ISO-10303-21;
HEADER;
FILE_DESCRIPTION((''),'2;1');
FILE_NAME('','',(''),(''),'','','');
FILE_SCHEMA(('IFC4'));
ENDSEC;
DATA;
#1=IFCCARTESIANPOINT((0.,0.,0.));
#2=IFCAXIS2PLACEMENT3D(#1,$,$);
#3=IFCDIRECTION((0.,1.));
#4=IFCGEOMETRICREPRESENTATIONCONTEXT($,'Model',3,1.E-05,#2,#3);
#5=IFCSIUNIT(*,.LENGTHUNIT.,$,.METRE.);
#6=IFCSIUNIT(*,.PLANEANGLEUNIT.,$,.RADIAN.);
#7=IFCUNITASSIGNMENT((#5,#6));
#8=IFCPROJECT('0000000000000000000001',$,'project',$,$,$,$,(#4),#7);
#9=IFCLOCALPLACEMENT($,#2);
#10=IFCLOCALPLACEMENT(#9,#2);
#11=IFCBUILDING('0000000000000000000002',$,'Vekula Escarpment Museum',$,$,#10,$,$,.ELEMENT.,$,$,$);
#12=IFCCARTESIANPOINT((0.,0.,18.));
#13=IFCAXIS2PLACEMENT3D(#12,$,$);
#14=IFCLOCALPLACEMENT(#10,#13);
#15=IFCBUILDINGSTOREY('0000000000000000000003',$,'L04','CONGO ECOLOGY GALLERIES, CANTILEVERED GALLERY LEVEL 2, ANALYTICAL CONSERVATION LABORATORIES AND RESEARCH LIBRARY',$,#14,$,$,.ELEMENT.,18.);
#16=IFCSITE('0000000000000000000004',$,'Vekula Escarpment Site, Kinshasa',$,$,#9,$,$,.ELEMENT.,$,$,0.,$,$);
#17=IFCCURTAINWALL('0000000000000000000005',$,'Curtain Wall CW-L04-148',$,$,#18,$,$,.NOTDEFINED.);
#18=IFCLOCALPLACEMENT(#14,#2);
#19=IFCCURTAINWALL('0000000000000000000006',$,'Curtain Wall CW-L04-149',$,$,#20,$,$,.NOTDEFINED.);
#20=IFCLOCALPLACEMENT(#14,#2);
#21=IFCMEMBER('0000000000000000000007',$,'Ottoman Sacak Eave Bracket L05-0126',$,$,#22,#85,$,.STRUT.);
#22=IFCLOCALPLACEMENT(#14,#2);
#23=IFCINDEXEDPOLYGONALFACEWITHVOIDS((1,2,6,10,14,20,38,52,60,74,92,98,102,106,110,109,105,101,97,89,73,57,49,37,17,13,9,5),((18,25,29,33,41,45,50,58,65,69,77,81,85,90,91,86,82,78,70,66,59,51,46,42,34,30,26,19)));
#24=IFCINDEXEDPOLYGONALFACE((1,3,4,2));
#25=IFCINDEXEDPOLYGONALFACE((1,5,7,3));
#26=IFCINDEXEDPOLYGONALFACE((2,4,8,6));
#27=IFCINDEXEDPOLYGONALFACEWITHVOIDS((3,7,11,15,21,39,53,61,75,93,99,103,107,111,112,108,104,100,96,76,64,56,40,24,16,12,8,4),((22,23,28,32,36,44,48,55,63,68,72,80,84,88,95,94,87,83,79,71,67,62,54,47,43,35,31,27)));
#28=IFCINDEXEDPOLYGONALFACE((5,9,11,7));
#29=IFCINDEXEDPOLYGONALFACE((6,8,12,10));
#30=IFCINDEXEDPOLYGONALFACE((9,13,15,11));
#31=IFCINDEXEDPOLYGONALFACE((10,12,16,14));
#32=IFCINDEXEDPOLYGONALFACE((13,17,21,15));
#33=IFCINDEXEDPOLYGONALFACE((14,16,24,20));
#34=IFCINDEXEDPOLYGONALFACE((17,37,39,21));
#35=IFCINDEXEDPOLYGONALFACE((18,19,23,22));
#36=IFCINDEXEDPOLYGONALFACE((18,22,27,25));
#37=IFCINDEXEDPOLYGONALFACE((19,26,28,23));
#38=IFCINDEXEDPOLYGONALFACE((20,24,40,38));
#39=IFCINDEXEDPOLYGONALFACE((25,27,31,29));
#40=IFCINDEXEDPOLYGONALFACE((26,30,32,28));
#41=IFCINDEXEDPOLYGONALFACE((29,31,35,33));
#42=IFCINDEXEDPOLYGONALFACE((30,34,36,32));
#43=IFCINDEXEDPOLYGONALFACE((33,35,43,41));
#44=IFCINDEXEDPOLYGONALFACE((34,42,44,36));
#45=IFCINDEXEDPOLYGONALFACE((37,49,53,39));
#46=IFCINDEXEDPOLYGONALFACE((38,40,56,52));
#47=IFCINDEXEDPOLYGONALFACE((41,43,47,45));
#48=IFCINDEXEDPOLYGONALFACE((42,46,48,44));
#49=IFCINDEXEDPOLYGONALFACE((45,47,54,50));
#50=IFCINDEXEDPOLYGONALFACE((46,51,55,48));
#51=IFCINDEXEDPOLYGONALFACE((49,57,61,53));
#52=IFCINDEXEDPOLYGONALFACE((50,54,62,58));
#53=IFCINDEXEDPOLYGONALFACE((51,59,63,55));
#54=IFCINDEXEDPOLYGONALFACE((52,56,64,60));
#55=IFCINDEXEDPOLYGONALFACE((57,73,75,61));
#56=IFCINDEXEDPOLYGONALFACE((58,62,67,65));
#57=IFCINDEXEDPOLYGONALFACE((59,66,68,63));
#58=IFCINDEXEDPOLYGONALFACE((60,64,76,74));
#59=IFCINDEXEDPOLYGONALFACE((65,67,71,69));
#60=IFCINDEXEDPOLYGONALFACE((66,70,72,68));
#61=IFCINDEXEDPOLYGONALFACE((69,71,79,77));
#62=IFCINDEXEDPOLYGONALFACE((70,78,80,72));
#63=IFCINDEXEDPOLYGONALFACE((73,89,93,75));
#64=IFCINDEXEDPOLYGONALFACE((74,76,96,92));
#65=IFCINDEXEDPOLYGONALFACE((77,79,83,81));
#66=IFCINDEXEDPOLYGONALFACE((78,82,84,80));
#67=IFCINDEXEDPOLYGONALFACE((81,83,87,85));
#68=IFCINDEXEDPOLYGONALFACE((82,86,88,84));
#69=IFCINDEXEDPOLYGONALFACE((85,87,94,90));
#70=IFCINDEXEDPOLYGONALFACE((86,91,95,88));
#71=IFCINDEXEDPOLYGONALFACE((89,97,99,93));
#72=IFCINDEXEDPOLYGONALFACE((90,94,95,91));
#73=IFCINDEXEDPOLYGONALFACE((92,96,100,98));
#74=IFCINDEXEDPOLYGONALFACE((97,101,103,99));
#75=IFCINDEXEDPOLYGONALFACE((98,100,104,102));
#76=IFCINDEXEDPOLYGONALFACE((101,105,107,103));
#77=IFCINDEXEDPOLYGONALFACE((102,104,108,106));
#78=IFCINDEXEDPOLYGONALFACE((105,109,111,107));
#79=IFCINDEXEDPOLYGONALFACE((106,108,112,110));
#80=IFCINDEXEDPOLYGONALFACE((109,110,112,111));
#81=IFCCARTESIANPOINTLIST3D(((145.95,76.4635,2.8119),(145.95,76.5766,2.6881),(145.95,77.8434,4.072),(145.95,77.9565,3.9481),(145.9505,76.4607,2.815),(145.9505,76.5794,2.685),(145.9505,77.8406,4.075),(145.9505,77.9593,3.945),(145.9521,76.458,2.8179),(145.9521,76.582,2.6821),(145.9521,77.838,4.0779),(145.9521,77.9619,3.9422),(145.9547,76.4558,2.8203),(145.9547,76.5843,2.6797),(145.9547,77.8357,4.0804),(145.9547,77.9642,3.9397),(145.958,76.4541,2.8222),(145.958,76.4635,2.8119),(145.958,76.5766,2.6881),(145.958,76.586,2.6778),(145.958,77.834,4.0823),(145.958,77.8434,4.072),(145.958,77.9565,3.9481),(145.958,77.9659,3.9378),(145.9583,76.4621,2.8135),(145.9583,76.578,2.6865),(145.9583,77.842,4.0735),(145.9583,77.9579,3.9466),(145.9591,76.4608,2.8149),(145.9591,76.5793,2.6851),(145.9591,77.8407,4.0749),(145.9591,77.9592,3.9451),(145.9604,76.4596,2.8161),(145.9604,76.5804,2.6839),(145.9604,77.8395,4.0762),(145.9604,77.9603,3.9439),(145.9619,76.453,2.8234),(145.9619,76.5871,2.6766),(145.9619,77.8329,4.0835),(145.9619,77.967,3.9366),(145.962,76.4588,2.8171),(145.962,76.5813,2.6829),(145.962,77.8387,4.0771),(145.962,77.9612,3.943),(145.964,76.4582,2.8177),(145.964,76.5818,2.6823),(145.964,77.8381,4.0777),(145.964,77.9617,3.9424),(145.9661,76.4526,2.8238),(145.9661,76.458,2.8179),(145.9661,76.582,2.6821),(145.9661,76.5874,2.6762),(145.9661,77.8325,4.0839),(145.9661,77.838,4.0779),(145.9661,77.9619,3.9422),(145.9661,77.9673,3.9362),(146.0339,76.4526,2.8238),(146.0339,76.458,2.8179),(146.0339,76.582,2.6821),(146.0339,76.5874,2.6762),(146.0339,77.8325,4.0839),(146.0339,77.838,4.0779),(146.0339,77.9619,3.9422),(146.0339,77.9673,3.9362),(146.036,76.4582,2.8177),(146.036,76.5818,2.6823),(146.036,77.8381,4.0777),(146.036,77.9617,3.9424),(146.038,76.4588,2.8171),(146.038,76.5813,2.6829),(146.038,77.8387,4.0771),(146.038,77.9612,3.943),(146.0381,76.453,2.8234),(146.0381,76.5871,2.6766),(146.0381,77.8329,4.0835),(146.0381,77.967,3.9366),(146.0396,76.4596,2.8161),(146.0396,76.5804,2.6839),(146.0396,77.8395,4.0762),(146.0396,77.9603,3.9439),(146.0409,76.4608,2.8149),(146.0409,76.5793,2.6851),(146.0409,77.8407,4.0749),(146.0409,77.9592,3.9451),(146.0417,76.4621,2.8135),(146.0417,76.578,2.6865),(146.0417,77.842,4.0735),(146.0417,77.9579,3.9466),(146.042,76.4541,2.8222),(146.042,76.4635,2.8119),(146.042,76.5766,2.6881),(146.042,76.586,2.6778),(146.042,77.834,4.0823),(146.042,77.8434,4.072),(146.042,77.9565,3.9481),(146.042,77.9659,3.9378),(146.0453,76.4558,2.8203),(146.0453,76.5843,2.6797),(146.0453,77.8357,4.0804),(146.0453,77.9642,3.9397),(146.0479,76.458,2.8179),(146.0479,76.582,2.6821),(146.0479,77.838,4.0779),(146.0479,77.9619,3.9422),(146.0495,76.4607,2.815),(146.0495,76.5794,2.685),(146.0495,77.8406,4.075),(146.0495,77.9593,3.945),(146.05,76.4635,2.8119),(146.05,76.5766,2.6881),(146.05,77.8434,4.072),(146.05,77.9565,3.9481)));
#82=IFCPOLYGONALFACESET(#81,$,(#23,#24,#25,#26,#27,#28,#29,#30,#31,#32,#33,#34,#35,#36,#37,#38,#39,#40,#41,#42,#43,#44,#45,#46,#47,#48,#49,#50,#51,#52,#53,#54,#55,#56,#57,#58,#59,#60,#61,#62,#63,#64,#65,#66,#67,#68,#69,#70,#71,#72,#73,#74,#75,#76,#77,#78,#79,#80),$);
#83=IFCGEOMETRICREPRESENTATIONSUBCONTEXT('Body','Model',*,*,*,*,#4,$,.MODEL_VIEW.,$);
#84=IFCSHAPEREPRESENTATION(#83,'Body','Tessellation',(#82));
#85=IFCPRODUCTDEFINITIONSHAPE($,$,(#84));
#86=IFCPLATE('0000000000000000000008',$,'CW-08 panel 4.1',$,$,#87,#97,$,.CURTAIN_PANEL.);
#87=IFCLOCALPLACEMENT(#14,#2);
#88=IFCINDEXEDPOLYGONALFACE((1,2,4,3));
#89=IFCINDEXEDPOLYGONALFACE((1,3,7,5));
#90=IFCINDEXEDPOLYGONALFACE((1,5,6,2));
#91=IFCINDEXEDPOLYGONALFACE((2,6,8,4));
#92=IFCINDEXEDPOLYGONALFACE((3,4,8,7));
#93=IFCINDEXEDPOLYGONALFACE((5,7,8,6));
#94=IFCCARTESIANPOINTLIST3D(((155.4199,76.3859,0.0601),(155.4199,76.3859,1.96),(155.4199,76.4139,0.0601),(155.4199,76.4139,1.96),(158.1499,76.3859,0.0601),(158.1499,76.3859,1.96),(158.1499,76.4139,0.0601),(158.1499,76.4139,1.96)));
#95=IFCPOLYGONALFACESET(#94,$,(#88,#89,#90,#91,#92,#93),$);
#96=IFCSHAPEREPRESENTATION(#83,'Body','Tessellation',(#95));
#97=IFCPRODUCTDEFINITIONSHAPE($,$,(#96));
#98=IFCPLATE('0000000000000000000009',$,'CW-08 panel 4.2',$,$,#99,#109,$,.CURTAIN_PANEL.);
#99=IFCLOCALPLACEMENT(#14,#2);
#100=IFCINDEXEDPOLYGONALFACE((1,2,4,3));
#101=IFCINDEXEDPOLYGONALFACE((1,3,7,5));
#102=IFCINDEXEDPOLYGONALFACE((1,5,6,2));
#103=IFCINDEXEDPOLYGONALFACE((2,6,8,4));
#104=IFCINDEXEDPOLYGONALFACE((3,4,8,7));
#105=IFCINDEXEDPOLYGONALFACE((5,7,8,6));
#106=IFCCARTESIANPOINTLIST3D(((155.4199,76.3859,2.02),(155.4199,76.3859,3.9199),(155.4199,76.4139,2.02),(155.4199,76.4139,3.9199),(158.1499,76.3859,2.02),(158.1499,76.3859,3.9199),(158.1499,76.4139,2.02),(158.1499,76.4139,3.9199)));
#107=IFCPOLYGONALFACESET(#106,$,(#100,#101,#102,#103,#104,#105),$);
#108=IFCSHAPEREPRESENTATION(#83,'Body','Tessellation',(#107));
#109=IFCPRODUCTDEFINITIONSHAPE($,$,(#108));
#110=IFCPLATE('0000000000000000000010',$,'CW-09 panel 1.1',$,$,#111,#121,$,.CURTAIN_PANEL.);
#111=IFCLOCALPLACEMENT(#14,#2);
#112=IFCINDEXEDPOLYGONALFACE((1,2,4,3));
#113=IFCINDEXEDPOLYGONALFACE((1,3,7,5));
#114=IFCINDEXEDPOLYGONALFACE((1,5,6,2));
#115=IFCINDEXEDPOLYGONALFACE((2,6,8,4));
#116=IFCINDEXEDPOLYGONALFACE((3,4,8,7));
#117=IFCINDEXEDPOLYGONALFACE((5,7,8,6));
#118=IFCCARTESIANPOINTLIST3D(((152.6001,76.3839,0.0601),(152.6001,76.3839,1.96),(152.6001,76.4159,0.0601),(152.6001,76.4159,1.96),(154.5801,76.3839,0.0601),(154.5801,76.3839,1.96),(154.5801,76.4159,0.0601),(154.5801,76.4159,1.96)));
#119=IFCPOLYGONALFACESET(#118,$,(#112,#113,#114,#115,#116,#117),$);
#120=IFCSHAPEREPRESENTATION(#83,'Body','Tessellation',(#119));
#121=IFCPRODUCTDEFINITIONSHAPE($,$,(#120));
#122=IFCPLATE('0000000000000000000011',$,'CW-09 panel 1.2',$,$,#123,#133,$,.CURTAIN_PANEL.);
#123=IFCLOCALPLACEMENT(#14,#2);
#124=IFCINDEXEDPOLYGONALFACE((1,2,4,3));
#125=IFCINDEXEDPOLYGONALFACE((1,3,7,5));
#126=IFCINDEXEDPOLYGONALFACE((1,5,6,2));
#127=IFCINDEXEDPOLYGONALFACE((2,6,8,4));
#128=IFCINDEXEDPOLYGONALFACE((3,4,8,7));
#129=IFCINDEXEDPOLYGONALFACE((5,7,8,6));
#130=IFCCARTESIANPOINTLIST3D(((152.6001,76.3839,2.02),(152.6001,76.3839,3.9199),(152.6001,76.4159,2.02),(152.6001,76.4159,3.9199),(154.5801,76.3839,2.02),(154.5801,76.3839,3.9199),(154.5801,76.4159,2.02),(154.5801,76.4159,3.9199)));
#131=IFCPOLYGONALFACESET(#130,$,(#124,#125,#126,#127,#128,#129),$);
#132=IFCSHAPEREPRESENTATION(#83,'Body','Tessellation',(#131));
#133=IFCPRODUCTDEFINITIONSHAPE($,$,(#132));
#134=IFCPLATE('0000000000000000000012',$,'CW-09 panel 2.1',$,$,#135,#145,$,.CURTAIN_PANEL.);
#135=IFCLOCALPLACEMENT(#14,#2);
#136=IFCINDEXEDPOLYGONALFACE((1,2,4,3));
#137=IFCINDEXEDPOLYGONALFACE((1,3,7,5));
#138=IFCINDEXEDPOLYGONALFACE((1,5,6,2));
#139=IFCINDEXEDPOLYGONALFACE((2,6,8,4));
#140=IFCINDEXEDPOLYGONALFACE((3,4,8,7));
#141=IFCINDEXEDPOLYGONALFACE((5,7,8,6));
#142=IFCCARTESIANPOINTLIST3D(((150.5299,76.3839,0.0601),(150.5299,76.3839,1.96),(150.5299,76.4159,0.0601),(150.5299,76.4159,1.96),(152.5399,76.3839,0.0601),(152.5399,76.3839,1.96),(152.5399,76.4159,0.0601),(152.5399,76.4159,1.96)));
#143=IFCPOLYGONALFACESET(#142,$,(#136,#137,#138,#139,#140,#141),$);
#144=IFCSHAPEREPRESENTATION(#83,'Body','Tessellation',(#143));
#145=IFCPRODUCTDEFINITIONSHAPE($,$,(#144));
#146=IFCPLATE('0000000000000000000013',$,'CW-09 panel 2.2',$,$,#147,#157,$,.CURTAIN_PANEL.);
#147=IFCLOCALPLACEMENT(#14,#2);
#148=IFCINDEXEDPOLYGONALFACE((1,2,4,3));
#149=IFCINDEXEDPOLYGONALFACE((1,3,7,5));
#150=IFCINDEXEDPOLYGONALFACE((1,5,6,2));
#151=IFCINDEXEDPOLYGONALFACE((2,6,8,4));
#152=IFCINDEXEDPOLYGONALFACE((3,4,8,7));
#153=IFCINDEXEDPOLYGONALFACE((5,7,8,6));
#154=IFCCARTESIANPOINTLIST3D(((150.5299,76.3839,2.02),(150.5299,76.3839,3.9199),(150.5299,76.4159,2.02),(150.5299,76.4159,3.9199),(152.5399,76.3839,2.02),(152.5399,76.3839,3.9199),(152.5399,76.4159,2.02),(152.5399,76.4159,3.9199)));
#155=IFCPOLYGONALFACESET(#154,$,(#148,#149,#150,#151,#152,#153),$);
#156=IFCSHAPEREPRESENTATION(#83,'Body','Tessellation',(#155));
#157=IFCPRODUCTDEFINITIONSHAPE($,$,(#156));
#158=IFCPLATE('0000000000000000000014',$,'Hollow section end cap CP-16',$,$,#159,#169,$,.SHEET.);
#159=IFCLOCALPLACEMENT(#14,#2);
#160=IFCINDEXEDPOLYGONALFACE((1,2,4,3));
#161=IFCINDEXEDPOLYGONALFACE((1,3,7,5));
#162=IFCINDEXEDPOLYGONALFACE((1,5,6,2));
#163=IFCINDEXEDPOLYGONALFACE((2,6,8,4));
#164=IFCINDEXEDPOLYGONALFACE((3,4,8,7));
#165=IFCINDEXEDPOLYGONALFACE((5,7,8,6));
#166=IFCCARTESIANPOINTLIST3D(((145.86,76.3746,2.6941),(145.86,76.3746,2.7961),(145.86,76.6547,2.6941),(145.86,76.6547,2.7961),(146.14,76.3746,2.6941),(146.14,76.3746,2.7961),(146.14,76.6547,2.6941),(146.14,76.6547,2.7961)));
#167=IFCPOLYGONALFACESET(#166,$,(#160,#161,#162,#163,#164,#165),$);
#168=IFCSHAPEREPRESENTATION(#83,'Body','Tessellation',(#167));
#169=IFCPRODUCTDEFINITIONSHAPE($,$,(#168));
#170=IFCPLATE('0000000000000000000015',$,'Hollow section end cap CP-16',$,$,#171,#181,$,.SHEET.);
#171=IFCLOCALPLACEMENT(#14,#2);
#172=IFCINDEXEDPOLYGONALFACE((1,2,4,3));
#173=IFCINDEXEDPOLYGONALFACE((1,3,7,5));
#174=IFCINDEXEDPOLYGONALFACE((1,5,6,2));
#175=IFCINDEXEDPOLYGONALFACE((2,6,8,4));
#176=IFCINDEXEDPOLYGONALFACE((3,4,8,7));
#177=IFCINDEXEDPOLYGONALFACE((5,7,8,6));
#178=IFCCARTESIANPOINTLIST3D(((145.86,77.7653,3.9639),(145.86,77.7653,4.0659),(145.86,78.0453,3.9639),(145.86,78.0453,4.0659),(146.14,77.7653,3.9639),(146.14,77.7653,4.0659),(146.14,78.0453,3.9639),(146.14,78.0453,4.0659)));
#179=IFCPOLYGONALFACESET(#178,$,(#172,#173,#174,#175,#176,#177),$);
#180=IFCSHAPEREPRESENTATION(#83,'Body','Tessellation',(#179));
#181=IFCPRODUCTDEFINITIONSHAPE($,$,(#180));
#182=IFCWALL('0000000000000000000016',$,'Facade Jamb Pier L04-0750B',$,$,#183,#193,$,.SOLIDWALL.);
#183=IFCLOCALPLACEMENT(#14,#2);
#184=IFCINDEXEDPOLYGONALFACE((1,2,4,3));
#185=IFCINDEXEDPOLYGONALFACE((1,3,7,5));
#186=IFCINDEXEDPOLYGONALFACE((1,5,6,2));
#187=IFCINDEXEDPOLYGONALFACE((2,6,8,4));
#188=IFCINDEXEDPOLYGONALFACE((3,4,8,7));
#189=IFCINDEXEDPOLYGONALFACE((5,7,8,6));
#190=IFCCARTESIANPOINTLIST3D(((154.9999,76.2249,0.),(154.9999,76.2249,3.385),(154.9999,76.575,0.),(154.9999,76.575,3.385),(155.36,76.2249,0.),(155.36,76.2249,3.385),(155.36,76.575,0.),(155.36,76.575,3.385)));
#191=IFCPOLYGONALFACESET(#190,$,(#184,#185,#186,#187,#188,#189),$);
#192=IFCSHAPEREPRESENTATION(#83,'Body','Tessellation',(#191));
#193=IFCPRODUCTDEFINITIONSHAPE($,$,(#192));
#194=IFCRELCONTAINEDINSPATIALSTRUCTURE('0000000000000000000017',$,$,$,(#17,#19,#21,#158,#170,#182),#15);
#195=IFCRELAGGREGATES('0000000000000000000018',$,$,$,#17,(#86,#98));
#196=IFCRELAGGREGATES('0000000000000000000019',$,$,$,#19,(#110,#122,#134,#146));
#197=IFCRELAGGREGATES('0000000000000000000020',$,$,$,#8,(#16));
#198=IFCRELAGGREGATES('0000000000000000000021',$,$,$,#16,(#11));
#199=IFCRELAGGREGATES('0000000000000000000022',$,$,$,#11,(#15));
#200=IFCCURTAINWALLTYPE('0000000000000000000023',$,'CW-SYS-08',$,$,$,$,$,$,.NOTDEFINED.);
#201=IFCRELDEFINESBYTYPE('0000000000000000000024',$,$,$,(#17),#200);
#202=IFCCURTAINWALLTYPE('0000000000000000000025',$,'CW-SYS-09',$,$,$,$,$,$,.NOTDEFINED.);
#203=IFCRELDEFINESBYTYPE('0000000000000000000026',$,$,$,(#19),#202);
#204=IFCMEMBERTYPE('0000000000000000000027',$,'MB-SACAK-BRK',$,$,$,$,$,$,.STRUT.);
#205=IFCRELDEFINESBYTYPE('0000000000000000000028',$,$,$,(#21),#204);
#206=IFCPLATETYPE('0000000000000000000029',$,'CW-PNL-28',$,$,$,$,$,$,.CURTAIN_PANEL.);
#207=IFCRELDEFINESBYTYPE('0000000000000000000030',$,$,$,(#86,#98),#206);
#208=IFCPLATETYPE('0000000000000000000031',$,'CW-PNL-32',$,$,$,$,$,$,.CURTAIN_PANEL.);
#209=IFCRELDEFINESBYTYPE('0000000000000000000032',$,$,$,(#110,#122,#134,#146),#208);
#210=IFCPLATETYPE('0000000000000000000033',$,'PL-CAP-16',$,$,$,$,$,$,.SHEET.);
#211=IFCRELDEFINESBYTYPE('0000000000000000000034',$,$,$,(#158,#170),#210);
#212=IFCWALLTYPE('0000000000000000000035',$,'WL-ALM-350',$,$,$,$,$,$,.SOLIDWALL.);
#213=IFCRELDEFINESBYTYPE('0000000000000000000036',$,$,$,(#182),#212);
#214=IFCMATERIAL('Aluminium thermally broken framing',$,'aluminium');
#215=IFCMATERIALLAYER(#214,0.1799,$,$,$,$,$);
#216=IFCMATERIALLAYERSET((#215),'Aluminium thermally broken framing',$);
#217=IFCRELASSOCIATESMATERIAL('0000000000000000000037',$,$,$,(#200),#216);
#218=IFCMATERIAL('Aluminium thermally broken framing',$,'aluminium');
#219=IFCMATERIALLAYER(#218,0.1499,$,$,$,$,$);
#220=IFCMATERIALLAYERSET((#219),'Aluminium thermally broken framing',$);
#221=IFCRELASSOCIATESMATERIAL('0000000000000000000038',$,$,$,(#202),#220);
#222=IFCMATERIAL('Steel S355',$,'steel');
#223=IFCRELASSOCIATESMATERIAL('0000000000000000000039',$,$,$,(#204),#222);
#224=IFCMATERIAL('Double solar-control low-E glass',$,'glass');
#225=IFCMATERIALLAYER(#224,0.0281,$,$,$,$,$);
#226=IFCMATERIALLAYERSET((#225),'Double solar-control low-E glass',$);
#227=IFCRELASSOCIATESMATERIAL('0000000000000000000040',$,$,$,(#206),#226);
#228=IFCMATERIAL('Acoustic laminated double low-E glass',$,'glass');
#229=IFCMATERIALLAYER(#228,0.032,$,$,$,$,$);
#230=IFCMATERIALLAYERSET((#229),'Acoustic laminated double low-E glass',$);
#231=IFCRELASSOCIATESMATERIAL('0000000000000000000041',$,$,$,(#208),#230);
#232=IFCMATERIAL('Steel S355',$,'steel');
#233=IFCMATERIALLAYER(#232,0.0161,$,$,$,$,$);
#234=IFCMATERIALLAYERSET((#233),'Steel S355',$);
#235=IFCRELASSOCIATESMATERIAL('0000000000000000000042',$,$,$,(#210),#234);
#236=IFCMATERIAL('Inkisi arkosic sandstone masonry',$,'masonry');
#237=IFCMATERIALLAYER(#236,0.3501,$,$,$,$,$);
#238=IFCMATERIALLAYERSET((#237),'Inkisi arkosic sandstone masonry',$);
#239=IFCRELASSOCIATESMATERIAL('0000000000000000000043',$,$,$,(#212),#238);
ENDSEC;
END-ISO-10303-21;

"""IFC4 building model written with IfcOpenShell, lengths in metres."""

from ifc_helpers import new_model, si_unit, direction, frame, frame_2d, origin, origin_2d, place, context, subcontext, project, spatial, rectangle, hollow_rectangle, extrude, material, layer, layer_set, material_profile, profile_set, type_object, element, aggregate, save


model = new_model("IFC4")

# Units and contexts
model_context = context("Model", 3, precision=1e-05, world=origin(), true_north=direction((0.0, 1.0)))
body_context = subcontext(model_context, "Body", "Model", "MODEL_VIEW")
ifc_project = project(units=[si_unit("LENGTHUNIT", "METRE"), si_unit("PLANEANGLEUNIT", "RADIAN")], contexts=[model_context])

# Site, building, storey
site_placement = place(None, origin())
site = spatial("IfcSite", under=ifc_project, at=site_placement, Name="Vekula Escarpment Site, Kinshasa", CompositionType="ELEMENT", RefElevation=0.0)
building_placement = place(site_placement, origin())
building = spatial("IfcBuilding", under=site, at=building_placement, Name="Vekula Escarpment Museum", CompositionType="ELEMENT")
storey_placement = place(building_placement, frame((0.0, 0.0, 18.0)))
storey = spatial("IfcBuildingStorey", under=building, at=storey_placement, Name="L04", Description="CONGO ECOLOGY GALLERIES, CANTILEVERED GALLERY LEVEL 2, ANALYTICAL CONSERVATION LABORATORIES AND RESEARCH LIBRARY", CompositionType="ELEMENT", Elevation=18.0)

# Curtain wall
ifc_material_1 = material(Name="Aluminium thermally broken framing", Category="aluminium")
ifc_layer_1 = layer(ifc_material_1, 0.1799)
ifc_layer_set_1 = layer_set([ifc_layer_1], Name="Aluminium thermally broken framing")
curtain_wall_type_1 = type_object("IfcCurtainWallType", Name="CW-SYS-08", PredefinedType="NOTDEFINED", material=ifc_layer_set_1)
curtain_wall_1_placement = place(storey_placement, origin())
curtain_wall_1 = element("IfcCurtainWall", 1, at=curtain_wall_1_placement, inside=storey, type_object=curtain_wall_type_1, Name="Curtain Wall CW-L04-148", PredefinedType="NOTDEFINED")

# Curtain wall
ifc_material_2 = material(Name="Aluminium thermally broken framing", Category="aluminium")
ifc_layer_2 = layer(ifc_material_2, 0.1499)
ifc_layer_set_2 = layer_set([ifc_layer_2], Name="Aluminium thermally broken framing")
curtain_wall_type_2 = type_object("IfcCurtainWallType", Name="CW-SYS-09", PredefinedType="NOTDEFINED", material=ifc_layer_set_2)
curtain_wall_2_placement = place(storey_placement, origin())
curtain_wall_2 = element("IfcCurtainWall", 2, at=curtain_wall_2_placement, inside=storey, type_object=curtain_wall_type_2, Name="Curtain Wall CW-L04-149", PredefinedType="NOTDEFINED")

# Member
ifc_material_3 = material(Name="Steel S355", Category="steel")
ifc_material_profile_1 = material_profile(ifc_material_3, hollow_rectangle(XDim=0.1001, YDim=0.2, WallThickness=0.0081, InnerFilletRadius=0.0081, OuterFilletRadius=0.0161, at=origin_2d()), Name="RHS 200x100x8")
ifc_profile_set_1 = profile_set([ifc_material_profile_1], Name="Steel S355")
member_type_1 = type_object("IfcMemberType", Name="MB-SACAK-BRK", PredefinedType="STRUT", material=ifc_profile_set_1)
member_1_placement = place(storey_placement, frame((146.0, 76.52, 2.75), z_axis=(0.0, 0.738454, 0.674303), x_axis=(-1.0, 0.0, 0.0)))
element("IfcMember", 3, at=member_1_placement, inside=storey, type_object=member_type_1, Name="Ottoman Sacak Eave Bracket L05-0126", PredefinedType="STRUT", context=body_context, shape_type="SweptSolid", body=[
    extrude(hollow_rectangle(XDim=0.1001, YDim=0.2, WallThickness=0.0081, InnerFilletRadius=0.0081, OuterFilletRadius=0.0161, at=origin_2d()), origin(), (0.0, 0.0, 1.0), 1.8687),
])

# Plates
ifc_material_4 = material(Name="Double solar-control low-E glass", Category="glass")
ifc_layer_3 = layer(ifc_material_4, 0.0281)
ifc_layer_set_3 = layer_set([ifc_layer_3], Name="Double solar-control low-E glass")
plate_type_1 = type_object("IfcPlateType", Name="CW-PNL-28", PredefinedType="CURTAIN_PANEL", material=ifc_layer_set_3)
plate_1_placement = place(storey_placement, frame((156.7849, 76.3999, 0.0601), z_axis=(0.0, 0.0, 1.0), x_axis=(-1.0, 0.0, 0.0)))
plate_1 = element("IfcPlate", 4, at=plate_1_placement, type_object=plate_type_1, Name="CW-08 panel 4.1", PredefinedType="CURTAIN_PANEL", context=body_context, shape_type="SweptSolid", body=[
    extrude(rectangle(XDim=2.73, YDim=0.0281, at=origin_2d()), origin(), (0.0, 0.0, 1.0), 1.8999),
])
plate_2_placement = place(storey_placement, frame((156.7849, 76.3999, 2.02), z_axis=(0.0, 0.0, 1.0), x_axis=(-1.0, 0.0, 0.0)))
plate_2 = element("IfcPlate", 5, at=plate_2_placement, type_object=plate_type_1, Name="CW-08 panel 4.2", PredefinedType="CURTAIN_PANEL", context=body_context, shape_type="SweptSolid", body=[
    extrude(rectangle(XDim=2.73, YDim=0.0281, at=origin_2d()), origin(), (0.0, 0.0, 1.0), 1.8999),
])
aggregate(curtain_wall_1, [plate_1, plate_2])
ifc_material_5 = material(Name="Acoustic laminated double low-E glass", Category="glass")
ifc_layer_4 = layer(ifc_material_5, 0.032)
ifc_layer_set_4 = layer_set([ifc_layer_4], Name="Acoustic laminated double low-E glass")
plate_type_2 = type_object("IfcPlateType", Name="CW-PNL-32", PredefinedType="CURTAIN_PANEL", material=ifc_layer_set_4)
plate_3_placement = place(storey_placement, frame((153.5901, 76.3999, 0.0601), z_axis=(0.0, 0.0, 1.0), x_axis=(-1.0, 0.0, 0.0)))
plate_3 = element("IfcPlate", 6, at=plate_3_placement, type_object=plate_type_2, Name="CW-09 panel 1.1", PredefinedType="CURTAIN_PANEL", context=body_context, shape_type="SweptSolid", body=[
    extrude(rectangle(XDim=1.98, YDim=0.032, at=origin_2d()), origin(), (0.0, 0.0, 1.0), 1.8999),
])
plate_4_placement = place(storey_placement, frame((153.5901, 76.3999, 2.02), z_axis=(0.0, 0.0, 1.0), x_axis=(-1.0, 0.0, 0.0)))
plate_4 = element("IfcPlate", 7, at=plate_4_placement, type_object=plate_type_2, Name="CW-09 panel 1.2", PredefinedType="CURTAIN_PANEL", context=body_context, shape_type="SweptSolid", body=[
    extrude(rectangle(XDim=1.98, YDim=0.032, at=origin_2d()), origin(), (0.0, 0.0, 1.0), 1.8999),
])
plate_5_placement = place(storey_placement, frame((151.5349, 76.3999, 0.0601), z_axis=(0.0, 0.0, 1.0), x_axis=(-1.0, 0.0, 0.0)))
plate_5 = element("IfcPlate", 8, at=plate_5_placement, type_object=plate_type_2, Name="CW-09 panel 2.1", PredefinedType="CURTAIN_PANEL", context=body_context, shape_type="SweptSolid", body=[
    extrude(rectangle(XDim=2.01, YDim=0.032, at=origin_2d()), origin(), (0.0, 0.0, 1.0), 1.8999),
])
plate_6_placement = place(storey_placement, frame((151.5349, 76.3999, 2.02), z_axis=(0.0, 0.0, 1.0), x_axis=(-1.0, 0.0, 0.0)))
plate_6 = element("IfcPlate", 9, at=plate_6_placement, type_object=plate_type_2, Name="CW-09 panel 2.2", PredefinedType="CURTAIN_PANEL", context=body_context, shape_type="SweptSolid", body=[
    extrude(rectangle(XDim=2.01, YDim=0.032, at=origin_2d()), origin(), (0.0, 0.0, 1.0), 1.8999),
])
aggregate(curtain_wall_2, [plate_3, plate_4, plate_5, plate_6])

# Plates
ifc_material_6 = material(Name="Steel S355", Category="steel")
ifc_layer_5 = layer(ifc_material_6, 0.0161)
ifc_layer_set_5 = layer_set([ifc_layer_5], Name="Steel S355")
plate_type_3 = type_object("IfcPlateType", Name="PL-CAP-16", PredefinedType="SHEET", material=ifc_layer_set_5)
for number, where, z_axis, x_axis, name in (
    (10, (146.0, 76.5146, 2.6941), (0.0, 0.0, 1.0), (1.0, 0.0, 0.0), "Hollow section end cap CP-16"),
    (11, (146.0, 77.9053, 3.9639), (0.0, 0.0, 1.0), (1.0, 0.0, 0.0), "Hollow section end cap CP-16"),
):
    element("IfcPlate", number, at=place(storey_placement, frame(where, z_axis=z_axis, x_axis=x_axis)), inside=storey, type_object=plate_type_3, Name=name, PredefinedType="SHEET", context=body_context, shape_type="SweptSolid", body=[
        extrude(rectangle(XDim=0.28, YDim=0.28, at=origin_2d()), origin(), (0.0, 0.0, 1.0), 0.1021),
    ])

# Wall
ifc_material_7 = material(Name="Inkisi arkosic sandstone masonry", Category="masonry")
ifc_layer_6 = layer(ifc_material_7, 0.3501)
ifc_layer_set_6 = layer_set([ifc_layer_6], Name="Inkisi arkosic sandstone masonry")
wall_type = type_object("IfcWallType", Name="WL-ALM-350", PredefinedType="SOLIDWALL", material=ifc_layer_set_6)
wall_1_placement = place(storey_placement, frame((155.3601, 76.3999, 0.0), z_axis=(0.0, 0.0, 1.0), x_axis=(-1.0, 0.0, 0.0)))
element("IfcWall", 12, at=wall_1_placement, inside=storey, type_object=wall_type, Name="Facade Jamb Pier L04-0750B", PredefinedType="SOLIDWALL", context=body_context, shape_type="SweptSolid", body=[
    extrude(rectangle(XDim=0.3601, YDim=0.3501, at=frame_2d((0.1802, 0.0))), origin(), (0.0, 0.0, 1.0), 3.385),
])

save(model, "model.ifc")
